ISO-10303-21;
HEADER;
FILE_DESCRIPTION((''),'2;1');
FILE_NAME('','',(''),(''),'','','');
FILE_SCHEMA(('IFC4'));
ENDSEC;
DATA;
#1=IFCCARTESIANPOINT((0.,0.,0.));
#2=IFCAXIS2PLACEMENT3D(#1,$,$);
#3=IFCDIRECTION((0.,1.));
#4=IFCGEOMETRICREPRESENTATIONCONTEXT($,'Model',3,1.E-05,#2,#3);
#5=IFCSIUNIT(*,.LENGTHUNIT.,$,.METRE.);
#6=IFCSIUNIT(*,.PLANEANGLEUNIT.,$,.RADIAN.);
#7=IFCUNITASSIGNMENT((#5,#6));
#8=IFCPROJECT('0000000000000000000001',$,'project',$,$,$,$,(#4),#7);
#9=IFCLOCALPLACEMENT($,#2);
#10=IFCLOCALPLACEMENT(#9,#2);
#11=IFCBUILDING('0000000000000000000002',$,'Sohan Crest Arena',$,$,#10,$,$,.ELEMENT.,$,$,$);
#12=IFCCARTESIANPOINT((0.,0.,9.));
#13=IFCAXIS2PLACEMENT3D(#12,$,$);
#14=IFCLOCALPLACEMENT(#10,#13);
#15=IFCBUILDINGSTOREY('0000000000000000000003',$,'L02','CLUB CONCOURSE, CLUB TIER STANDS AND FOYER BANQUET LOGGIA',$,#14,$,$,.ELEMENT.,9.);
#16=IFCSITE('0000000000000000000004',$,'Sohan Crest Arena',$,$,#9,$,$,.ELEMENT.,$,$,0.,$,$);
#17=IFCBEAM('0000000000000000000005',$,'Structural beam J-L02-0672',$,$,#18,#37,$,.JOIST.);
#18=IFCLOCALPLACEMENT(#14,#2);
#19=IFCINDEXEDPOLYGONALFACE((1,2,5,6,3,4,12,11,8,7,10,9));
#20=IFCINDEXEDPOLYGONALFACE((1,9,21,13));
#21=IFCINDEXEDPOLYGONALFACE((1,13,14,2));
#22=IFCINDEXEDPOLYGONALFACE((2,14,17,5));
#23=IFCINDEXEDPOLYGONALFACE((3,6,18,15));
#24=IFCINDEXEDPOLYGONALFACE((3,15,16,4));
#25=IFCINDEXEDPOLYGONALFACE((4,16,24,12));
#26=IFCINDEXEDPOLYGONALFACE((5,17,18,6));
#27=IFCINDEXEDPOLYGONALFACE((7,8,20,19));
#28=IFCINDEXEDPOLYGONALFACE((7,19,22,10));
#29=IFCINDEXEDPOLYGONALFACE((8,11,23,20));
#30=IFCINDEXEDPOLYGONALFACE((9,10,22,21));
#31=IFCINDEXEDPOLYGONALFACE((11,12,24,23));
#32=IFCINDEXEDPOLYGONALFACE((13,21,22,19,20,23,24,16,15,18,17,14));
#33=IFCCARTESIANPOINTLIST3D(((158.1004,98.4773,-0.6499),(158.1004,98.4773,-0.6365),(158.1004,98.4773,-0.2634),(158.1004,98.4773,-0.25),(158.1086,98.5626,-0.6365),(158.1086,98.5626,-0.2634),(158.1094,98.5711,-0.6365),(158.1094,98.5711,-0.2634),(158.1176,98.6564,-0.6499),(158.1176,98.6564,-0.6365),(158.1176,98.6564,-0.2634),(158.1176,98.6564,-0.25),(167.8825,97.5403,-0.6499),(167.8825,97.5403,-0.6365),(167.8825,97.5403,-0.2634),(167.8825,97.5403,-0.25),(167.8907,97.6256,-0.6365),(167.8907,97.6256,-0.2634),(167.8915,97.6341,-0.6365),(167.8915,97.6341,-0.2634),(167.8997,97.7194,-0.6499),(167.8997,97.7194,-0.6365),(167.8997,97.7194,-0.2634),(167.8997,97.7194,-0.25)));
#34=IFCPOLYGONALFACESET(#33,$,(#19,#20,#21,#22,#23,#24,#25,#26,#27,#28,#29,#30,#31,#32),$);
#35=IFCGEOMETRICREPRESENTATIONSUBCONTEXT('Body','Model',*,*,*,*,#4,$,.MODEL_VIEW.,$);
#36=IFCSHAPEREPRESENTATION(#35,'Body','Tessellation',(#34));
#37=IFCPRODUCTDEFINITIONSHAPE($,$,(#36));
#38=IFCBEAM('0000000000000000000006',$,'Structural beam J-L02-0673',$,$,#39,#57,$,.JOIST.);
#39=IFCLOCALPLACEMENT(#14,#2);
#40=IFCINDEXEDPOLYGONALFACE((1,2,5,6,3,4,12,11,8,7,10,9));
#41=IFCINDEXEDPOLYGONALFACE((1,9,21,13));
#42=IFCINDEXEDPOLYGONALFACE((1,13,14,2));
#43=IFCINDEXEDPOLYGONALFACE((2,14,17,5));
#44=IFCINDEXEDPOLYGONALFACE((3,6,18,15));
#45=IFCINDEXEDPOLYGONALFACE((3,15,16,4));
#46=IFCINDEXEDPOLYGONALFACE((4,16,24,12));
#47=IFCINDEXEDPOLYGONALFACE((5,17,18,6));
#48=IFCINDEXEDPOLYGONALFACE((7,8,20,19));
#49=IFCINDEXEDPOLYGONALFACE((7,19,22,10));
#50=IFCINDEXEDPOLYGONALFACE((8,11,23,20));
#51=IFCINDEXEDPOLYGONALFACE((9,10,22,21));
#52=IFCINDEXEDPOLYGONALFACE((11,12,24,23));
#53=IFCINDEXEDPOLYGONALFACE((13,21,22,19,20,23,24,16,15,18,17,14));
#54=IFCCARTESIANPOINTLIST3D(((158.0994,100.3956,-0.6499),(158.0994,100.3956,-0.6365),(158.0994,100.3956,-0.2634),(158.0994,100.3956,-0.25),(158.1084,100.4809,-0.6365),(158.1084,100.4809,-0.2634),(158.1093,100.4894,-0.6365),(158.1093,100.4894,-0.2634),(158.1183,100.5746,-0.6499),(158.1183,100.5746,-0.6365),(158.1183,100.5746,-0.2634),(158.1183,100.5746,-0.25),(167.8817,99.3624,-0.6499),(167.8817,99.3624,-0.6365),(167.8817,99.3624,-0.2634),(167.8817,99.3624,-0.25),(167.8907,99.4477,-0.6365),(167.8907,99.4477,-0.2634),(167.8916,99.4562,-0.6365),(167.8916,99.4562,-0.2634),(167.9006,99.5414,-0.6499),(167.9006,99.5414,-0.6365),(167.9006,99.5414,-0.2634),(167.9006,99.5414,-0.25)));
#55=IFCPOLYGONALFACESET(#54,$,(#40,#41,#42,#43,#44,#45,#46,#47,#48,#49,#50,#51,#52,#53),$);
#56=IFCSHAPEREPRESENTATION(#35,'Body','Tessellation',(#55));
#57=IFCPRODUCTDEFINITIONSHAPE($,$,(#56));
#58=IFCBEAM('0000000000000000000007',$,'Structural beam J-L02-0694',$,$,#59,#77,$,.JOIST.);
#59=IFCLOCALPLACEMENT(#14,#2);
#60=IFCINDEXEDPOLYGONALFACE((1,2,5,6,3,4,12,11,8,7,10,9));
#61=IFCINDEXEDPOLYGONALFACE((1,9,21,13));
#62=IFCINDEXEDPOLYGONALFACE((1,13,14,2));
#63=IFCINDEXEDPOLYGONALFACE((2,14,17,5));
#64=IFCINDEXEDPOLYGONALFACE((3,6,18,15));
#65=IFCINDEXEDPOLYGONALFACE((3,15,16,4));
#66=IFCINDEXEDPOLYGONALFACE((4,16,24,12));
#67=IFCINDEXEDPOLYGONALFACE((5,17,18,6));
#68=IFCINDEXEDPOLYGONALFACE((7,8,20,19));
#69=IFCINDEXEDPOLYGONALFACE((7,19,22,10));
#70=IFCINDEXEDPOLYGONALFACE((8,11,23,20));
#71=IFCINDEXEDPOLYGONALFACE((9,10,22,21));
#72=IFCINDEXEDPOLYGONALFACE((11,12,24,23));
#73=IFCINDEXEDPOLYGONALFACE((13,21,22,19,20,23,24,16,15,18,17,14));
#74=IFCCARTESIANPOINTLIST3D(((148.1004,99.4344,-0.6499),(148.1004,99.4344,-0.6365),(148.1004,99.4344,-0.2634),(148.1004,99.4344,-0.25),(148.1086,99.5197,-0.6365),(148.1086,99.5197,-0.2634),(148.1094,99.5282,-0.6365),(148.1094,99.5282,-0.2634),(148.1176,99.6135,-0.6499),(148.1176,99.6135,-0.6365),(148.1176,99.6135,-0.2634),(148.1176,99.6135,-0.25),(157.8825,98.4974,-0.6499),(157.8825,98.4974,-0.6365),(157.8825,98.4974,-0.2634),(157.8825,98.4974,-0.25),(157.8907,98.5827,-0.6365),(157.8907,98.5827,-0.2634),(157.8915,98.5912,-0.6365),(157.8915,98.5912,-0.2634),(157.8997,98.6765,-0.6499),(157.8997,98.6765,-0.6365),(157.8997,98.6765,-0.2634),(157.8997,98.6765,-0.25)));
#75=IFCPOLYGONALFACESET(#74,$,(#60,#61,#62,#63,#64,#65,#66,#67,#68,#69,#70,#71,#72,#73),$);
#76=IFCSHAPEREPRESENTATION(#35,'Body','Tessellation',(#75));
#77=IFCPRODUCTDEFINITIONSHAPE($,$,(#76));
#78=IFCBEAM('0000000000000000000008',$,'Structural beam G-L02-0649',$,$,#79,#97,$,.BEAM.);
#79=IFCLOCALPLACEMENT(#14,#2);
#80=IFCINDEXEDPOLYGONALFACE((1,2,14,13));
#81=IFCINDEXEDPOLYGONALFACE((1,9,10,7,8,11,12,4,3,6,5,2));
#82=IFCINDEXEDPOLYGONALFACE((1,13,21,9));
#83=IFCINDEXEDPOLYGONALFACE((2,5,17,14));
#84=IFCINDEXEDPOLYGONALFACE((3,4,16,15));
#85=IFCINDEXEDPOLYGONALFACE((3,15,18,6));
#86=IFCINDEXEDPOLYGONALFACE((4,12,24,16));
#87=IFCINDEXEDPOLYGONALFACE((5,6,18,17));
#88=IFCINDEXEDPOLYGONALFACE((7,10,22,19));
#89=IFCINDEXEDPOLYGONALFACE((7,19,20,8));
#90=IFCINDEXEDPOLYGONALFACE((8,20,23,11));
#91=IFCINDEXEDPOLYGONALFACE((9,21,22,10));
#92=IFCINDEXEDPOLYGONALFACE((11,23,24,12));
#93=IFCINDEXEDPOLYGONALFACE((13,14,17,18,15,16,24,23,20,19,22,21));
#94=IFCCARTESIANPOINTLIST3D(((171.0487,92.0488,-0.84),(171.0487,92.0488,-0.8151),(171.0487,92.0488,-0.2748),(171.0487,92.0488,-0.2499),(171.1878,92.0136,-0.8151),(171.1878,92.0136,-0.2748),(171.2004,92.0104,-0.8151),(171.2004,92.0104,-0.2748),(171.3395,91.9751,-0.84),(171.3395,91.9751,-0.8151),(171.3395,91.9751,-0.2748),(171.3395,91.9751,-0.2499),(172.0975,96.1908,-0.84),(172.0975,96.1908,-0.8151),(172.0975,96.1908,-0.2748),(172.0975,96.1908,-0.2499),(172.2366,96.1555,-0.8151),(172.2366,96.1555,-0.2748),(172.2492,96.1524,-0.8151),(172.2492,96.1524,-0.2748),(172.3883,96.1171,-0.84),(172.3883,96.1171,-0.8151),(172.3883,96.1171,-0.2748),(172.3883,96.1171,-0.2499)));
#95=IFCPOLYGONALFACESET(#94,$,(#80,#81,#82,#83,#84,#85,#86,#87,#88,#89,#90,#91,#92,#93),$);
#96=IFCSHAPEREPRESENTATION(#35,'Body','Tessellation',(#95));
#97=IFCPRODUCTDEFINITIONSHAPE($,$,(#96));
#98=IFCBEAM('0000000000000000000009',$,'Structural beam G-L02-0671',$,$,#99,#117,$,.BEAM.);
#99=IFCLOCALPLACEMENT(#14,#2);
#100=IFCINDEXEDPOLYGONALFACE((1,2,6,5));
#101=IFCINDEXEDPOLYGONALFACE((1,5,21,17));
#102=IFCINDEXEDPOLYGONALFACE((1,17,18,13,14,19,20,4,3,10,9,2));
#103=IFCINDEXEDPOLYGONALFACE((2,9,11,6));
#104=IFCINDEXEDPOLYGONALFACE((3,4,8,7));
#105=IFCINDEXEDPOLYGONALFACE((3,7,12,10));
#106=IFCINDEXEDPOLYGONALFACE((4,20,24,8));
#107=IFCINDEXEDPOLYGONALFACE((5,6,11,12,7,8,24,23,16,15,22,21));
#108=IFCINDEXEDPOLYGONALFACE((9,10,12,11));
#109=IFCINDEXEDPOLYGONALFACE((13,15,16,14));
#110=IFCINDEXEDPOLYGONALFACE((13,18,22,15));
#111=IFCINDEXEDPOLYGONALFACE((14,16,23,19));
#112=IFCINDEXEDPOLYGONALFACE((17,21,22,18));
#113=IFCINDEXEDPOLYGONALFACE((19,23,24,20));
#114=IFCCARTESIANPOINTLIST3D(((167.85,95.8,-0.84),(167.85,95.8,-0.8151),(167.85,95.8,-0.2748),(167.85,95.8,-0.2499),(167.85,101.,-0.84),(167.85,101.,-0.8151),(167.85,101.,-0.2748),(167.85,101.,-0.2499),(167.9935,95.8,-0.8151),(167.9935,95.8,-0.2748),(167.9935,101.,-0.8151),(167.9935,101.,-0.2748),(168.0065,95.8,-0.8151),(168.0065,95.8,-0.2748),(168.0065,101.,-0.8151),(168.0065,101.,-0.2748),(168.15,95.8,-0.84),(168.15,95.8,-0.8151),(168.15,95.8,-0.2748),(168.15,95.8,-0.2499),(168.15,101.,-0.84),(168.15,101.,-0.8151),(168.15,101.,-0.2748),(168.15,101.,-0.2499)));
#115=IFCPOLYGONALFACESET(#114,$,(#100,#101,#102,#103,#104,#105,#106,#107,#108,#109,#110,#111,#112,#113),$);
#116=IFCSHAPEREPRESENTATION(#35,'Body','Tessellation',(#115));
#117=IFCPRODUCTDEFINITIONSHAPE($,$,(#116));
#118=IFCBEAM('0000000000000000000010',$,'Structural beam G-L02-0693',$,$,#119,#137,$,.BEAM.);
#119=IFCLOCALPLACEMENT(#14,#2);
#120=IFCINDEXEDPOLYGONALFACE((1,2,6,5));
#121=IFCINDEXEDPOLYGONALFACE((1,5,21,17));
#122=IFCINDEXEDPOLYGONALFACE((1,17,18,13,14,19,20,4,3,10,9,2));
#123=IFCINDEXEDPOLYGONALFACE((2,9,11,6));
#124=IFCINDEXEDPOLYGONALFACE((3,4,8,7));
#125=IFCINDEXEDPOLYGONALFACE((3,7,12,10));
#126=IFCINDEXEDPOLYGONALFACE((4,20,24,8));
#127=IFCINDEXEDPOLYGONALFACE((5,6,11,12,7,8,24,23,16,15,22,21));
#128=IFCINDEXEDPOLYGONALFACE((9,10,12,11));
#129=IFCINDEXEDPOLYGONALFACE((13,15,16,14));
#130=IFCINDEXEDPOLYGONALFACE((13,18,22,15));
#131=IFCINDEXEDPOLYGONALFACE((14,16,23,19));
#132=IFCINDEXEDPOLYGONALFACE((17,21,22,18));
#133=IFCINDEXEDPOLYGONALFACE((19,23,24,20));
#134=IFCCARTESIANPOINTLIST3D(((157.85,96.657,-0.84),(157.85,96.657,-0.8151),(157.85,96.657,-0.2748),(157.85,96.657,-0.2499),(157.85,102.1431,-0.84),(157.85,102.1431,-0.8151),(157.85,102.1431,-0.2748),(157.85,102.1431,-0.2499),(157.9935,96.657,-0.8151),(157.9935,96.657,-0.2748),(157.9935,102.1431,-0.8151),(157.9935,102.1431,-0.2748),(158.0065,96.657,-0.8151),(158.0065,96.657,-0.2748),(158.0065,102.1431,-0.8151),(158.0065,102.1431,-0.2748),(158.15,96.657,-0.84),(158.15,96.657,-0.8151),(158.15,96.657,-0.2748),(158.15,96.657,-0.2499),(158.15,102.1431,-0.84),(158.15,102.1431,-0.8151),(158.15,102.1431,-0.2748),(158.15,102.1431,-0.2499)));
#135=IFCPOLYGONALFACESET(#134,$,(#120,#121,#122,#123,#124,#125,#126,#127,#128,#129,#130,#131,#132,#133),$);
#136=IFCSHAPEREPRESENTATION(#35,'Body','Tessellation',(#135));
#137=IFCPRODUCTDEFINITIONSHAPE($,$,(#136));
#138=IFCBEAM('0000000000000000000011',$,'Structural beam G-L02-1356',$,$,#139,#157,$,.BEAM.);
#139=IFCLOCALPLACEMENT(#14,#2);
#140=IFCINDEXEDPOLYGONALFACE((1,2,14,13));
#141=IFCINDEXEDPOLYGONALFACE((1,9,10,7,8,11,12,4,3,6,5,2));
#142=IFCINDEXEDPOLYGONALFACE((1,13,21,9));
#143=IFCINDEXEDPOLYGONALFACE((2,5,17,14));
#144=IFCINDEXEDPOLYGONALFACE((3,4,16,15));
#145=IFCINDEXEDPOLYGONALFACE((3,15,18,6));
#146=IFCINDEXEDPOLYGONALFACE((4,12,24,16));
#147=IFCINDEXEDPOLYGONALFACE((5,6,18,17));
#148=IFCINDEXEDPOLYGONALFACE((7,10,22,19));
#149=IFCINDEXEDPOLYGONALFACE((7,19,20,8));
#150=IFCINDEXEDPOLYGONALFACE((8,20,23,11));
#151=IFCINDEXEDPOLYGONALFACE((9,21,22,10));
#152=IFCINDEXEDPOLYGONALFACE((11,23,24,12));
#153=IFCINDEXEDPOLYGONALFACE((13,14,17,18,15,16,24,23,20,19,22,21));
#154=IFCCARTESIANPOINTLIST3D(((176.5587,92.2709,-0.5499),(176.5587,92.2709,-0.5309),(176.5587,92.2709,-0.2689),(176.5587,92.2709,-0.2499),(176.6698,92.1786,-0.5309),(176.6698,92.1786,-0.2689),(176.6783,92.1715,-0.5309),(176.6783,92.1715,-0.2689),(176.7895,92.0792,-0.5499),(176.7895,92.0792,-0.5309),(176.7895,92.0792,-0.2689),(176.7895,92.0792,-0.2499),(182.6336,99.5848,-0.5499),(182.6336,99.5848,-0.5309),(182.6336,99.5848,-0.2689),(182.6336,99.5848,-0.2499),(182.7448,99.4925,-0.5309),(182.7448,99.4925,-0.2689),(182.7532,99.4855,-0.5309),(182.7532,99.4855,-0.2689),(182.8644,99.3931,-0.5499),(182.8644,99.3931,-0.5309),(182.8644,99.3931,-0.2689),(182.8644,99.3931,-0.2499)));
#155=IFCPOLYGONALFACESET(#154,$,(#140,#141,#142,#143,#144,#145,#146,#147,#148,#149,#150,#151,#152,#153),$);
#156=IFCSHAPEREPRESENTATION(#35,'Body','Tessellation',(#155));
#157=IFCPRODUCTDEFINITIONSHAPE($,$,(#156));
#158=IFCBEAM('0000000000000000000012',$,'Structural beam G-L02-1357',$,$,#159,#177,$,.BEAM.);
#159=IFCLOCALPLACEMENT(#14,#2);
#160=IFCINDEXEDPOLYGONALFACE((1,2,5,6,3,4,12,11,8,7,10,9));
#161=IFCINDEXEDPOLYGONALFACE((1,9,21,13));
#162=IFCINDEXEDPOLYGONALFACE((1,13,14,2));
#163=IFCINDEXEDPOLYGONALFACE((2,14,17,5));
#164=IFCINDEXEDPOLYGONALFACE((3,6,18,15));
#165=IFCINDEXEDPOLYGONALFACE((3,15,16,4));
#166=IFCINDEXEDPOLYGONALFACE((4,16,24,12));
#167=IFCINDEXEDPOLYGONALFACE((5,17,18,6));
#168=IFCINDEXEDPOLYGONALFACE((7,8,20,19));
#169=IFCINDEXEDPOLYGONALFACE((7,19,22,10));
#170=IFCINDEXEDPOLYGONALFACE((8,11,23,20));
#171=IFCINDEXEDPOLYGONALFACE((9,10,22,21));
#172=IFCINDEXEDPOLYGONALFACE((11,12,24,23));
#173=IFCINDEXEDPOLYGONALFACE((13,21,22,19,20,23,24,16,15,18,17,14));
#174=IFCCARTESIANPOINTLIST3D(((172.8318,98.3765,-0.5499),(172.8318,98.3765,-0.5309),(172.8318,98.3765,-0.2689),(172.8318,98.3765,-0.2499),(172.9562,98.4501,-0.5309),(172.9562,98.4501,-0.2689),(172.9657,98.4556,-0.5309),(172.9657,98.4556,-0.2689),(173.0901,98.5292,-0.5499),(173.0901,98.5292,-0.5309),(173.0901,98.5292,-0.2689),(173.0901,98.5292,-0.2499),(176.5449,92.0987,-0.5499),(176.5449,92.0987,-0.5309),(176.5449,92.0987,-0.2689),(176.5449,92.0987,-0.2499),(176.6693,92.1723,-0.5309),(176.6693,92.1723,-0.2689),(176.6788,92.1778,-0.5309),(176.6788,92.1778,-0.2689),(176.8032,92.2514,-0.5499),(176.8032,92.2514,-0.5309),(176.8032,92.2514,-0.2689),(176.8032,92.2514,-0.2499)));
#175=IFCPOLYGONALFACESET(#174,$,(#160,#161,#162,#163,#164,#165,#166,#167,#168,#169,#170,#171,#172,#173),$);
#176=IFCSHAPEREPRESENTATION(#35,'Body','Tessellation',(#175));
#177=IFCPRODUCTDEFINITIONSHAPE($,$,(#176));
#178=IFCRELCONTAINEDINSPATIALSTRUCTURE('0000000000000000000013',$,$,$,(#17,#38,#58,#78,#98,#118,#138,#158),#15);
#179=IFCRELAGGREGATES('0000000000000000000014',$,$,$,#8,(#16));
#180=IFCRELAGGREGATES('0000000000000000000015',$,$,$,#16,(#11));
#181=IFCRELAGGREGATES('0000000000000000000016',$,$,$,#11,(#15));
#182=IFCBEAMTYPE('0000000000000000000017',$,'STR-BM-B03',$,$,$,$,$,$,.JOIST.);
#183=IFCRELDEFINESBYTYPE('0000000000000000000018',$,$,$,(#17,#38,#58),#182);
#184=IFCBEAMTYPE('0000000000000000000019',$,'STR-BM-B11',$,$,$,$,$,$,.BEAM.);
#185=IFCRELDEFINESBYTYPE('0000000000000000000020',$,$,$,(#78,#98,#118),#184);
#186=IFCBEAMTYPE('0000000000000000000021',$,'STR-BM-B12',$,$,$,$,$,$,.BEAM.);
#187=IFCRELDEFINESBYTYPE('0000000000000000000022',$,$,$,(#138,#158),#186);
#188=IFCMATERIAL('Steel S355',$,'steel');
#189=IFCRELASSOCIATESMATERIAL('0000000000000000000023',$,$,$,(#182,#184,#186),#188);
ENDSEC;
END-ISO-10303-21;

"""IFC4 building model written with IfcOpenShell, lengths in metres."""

from ifc_helpers import new_model, si_unit, direction, frame, origin, origin_2d, place, context, subcontext, project, spatial, i_section, extrude, material, material_profile, profile_set, type_object, element, save


model = new_model("IFC4")

# Units and contexts
model_context = context("Model", 3, precision=1e-05, world=origin(), true_north=direction((0.0, 1.0)))
body_context = subcontext(model_context, "Body", "Model", "MODEL_VIEW")
ifc_project = project(units=[si_unit("LENGTHUNIT", "METRE"), si_unit("PLANEANGLEUNIT", "RADIAN")], contexts=[model_context])

# Site, building, storey
site_placement = place(None, origin())
site = spatial("IfcSite", under=ifc_project, at=site_placement, Name="Sohan Crest Arena", CompositionType="ELEMENT", RefElevation=0.0)
building_placement = place(site_placement, origin())
building = spatial("IfcBuilding", under=site, at=building_placement, Name="Sohan Crest Arena", CompositionType="ELEMENT")
storey_placement = place(building_placement, frame((0.0, 0.0, 9.0)))
storey = spatial("IfcBuildingStorey", under=building, at=storey_placement, Name="L02", Description="CLUB CONCOURSE, CLUB TIER STANDS AND FOYER BANQUET LOGGIA", CompositionType="ELEMENT", Elevation=9.0)

# Shared definitions
ifc_material_1 = material(Name="Steel S355", Category="steel")

# Beams
ifc_material_profile_1 = material_profile(ifc_material_1, i_section(OverallWidth=0.1799, OverallDepth=0.3999, WebThickness=0.0085, FlangeThickness=0.0134, at=origin_2d()), Name="IPE 400")
ifc_profile_set_1 = profile_set([ifc_material_profile_1], Name="Steel S355")
beam_type_1 = type_object("IfcBeamType", Name="STR-BM-B03", PredefinedType="JOIST", material=ifc_profile_set_1)
beam_1_placement = place(storey_placement, frame((167.8911, 97.6299, -0.45), z_axis=(-0.995444, 0.095351, 0.0), x_axis=(-0.095351, -0.995444, 0.0)))
element("IfcBeam", 1, at=beam_1_placement, inside=storey, type_object=beam_type_1, Name="Structural beam J-L02-0672", PredefinedType="JOIST", context=body_context, shape_type="SweptSolid", body=[
    extrude(i_section(OverallWidth=0.1799, OverallDepth=0.3999, WebThickness=0.0085, FlangeThickness=0.0134, at=origin_2d()), origin(), (0.0, 0.0, 1.0), 9.8269),
])
beam_2_placement = place(storey_placement, frame((167.8911, 99.4519, -0.45), z_axis=(-0.994468, 0.105036, 0.0), x_axis=(-0.105036, -0.994468, 0.0)))
element("IfcBeam", 2, at=beam_2_placement, inside=storey, type_object=beam_type_1, Name="Structural beam J-L02-0673", PredefinedType="JOIST", context=body_context, shape_type="SweptSolid", body=[
    extrude(i_section(OverallWidth=0.1799, OverallDepth=0.3999, WebThickness=0.0085, FlangeThickness=0.0134, at=origin_2d()), origin(), (0.0, 0.0, 1.0), 9.8367),
])
beam_3_placement = place(storey_placement, frame((157.8911, 98.5869, -0.45), z_axis=(-0.995444, 0.095351, 0.0), x_axis=(-0.095351, -0.995444, 0.0)))
element("IfcBeam", 3, at=beam_3_placement, inside=storey, type_object=beam_type_1, Name="Structural beam J-L02-0694", PredefinedType="JOIST", context=body_context, shape_type="SweptSolid", body=[
    extrude(i_section(OverallWidth=0.1799, OverallDepth=0.3999, WebThickness=0.0085, FlangeThickness=0.0134, at=origin_2d()), origin(), (0.0, 0.0, 1.0), 9.8269),
])
ifc_material_profile_2 = material_profile(ifc_material_1, i_section(OverallWidth=0.3, OverallDepth=0.5901, WebThickness=0.0129, FlangeThickness=0.0249, at=origin_2d()), Name="HEA 600")
ifc_profile_set_2 = profile_set([ifc_material_profile_2], Name="Steel S355")
beam_type_2 = type_object("IfcBeamType", Name="STR-BM-B11", PredefinedType="BEAM", material=ifc_profile_set_2)
beam_4_placement = place(storey_placement, frame((171.1941, 92.012, -0.5449), z_axis=(0.245465, 0.969405, 0.0), x_axis=(-0.969405, 0.245465, 0.0)))
element("IfcBeam", 4, at=beam_4_placement, inside=storey, type_object=beam_type_2, Name="Structural beam G-L02-0649", PredefinedType="BEAM", context=body_context, shape_type="SweptSolid", body=[
    extrude(i_section(OverallWidth=0.3, OverallDepth=0.5901, WebThickness=0.0129, FlangeThickness=0.0249, at=origin_2d()), origin(), (0.0, 0.0, 1.0), 4.2727),
])
beam_5_placement = place(storey_placement, frame((168.0, 95.8, -0.5449), z_axis=(0.0, 1.0, 0.0), x_axis=(-1.0, 0.0, 0.0)))
element("IfcBeam", 5, at=beam_5_placement, inside=storey, type_object=beam_type_2, Name="Structural beam G-L02-0671", PredefinedType="BEAM", context=body_context, shape_type="SweptSolid", body=[
    extrude(i_section(OverallWidth=0.3, OverallDepth=0.5901, WebThickness=0.0129, FlangeThickness=0.0249, at=origin_2d()), origin(), (0.0, 0.0, 1.0), 5.2),
])
beam_6_placement = place(storey_placement, frame((158.0, 96.657, -0.5449), z_axis=(0.0, 1.0, 0.0), x_axis=(-1.0, 0.0, 0.0)))
element("IfcBeam", 6, at=beam_6_placement, inside=storey, type_object=beam_type_2, Name="Structural beam G-L02-0693", PredefinedType="BEAM", context=body_context, shape_type="SweptSolid", body=[
    extrude(i_section(OverallWidth=0.3, OverallDepth=0.5901, WebThickness=0.0129, FlangeThickness=0.0249, at=origin_2d()), origin(), (0.0, 0.0, 1.0), 5.4861),
])
ifc_material_profile_3 = material_profile(ifc_material_1, i_section(OverallWidth=0.3, OverallDepth=0.3, WebThickness=0.011, FlangeThickness=0.019, at=origin_2d()), Name="HEB 300")
ifc_profile_set_3 = profile_set([ifc_material_profile_3], Name="Steel S355")
beam_type_3 = type_object("IfcBeamType", Name="STR-BM-B12", PredefinedType="BEAM", material=ifc_profile_set_3)
beam_7_placement = place(storey_placement, frame((176.6741, 92.175, -0.3999), z_axis=(0.638941, 0.769256, 0.0), x_axis=(-0.769256, 0.638941, 0.0)))
element("IfcBeam", 7, at=beam_7_placement, inside=storey, type_object=beam_type_3, Name="Structural beam G-L02-1356", PredefinedType="BEAM", context=body_context, shape_type="SweptSolid", body=[
    extrude(i_section(OverallWidth=0.3, OverallDepth=0.3, WebThickness=0.011, FlangeThickness=0.019, at=origin_2d()), origin(), (0.0, 0.0, 1.0), 9.5078),
])
beam_8_placement = place(storey_placement, frame((176.6741, 92.175, -0.3999), z_axis=(-0.509086, 0.860716, 0.0), x_axis=(-0.860716, -0.509086, 0.0)))
element("IfcBeam", 8, at=beam_8_placement, inside=storey, type_object=beam_type_3, Name="Structural beam G-L02-1357", PredefinedType="BEAM", context=body_context, shape_type="SweptSolid", body=[
    extrude(i_section(OverallWidth=0.3, OverallDepth=0.3, WebThickness=0.011, FlangeThickness=0.019, at=origin_2d()), origin(), (0.0, 0.0, 1.0), 7.2937),
])

save(model, "model.ifc")
